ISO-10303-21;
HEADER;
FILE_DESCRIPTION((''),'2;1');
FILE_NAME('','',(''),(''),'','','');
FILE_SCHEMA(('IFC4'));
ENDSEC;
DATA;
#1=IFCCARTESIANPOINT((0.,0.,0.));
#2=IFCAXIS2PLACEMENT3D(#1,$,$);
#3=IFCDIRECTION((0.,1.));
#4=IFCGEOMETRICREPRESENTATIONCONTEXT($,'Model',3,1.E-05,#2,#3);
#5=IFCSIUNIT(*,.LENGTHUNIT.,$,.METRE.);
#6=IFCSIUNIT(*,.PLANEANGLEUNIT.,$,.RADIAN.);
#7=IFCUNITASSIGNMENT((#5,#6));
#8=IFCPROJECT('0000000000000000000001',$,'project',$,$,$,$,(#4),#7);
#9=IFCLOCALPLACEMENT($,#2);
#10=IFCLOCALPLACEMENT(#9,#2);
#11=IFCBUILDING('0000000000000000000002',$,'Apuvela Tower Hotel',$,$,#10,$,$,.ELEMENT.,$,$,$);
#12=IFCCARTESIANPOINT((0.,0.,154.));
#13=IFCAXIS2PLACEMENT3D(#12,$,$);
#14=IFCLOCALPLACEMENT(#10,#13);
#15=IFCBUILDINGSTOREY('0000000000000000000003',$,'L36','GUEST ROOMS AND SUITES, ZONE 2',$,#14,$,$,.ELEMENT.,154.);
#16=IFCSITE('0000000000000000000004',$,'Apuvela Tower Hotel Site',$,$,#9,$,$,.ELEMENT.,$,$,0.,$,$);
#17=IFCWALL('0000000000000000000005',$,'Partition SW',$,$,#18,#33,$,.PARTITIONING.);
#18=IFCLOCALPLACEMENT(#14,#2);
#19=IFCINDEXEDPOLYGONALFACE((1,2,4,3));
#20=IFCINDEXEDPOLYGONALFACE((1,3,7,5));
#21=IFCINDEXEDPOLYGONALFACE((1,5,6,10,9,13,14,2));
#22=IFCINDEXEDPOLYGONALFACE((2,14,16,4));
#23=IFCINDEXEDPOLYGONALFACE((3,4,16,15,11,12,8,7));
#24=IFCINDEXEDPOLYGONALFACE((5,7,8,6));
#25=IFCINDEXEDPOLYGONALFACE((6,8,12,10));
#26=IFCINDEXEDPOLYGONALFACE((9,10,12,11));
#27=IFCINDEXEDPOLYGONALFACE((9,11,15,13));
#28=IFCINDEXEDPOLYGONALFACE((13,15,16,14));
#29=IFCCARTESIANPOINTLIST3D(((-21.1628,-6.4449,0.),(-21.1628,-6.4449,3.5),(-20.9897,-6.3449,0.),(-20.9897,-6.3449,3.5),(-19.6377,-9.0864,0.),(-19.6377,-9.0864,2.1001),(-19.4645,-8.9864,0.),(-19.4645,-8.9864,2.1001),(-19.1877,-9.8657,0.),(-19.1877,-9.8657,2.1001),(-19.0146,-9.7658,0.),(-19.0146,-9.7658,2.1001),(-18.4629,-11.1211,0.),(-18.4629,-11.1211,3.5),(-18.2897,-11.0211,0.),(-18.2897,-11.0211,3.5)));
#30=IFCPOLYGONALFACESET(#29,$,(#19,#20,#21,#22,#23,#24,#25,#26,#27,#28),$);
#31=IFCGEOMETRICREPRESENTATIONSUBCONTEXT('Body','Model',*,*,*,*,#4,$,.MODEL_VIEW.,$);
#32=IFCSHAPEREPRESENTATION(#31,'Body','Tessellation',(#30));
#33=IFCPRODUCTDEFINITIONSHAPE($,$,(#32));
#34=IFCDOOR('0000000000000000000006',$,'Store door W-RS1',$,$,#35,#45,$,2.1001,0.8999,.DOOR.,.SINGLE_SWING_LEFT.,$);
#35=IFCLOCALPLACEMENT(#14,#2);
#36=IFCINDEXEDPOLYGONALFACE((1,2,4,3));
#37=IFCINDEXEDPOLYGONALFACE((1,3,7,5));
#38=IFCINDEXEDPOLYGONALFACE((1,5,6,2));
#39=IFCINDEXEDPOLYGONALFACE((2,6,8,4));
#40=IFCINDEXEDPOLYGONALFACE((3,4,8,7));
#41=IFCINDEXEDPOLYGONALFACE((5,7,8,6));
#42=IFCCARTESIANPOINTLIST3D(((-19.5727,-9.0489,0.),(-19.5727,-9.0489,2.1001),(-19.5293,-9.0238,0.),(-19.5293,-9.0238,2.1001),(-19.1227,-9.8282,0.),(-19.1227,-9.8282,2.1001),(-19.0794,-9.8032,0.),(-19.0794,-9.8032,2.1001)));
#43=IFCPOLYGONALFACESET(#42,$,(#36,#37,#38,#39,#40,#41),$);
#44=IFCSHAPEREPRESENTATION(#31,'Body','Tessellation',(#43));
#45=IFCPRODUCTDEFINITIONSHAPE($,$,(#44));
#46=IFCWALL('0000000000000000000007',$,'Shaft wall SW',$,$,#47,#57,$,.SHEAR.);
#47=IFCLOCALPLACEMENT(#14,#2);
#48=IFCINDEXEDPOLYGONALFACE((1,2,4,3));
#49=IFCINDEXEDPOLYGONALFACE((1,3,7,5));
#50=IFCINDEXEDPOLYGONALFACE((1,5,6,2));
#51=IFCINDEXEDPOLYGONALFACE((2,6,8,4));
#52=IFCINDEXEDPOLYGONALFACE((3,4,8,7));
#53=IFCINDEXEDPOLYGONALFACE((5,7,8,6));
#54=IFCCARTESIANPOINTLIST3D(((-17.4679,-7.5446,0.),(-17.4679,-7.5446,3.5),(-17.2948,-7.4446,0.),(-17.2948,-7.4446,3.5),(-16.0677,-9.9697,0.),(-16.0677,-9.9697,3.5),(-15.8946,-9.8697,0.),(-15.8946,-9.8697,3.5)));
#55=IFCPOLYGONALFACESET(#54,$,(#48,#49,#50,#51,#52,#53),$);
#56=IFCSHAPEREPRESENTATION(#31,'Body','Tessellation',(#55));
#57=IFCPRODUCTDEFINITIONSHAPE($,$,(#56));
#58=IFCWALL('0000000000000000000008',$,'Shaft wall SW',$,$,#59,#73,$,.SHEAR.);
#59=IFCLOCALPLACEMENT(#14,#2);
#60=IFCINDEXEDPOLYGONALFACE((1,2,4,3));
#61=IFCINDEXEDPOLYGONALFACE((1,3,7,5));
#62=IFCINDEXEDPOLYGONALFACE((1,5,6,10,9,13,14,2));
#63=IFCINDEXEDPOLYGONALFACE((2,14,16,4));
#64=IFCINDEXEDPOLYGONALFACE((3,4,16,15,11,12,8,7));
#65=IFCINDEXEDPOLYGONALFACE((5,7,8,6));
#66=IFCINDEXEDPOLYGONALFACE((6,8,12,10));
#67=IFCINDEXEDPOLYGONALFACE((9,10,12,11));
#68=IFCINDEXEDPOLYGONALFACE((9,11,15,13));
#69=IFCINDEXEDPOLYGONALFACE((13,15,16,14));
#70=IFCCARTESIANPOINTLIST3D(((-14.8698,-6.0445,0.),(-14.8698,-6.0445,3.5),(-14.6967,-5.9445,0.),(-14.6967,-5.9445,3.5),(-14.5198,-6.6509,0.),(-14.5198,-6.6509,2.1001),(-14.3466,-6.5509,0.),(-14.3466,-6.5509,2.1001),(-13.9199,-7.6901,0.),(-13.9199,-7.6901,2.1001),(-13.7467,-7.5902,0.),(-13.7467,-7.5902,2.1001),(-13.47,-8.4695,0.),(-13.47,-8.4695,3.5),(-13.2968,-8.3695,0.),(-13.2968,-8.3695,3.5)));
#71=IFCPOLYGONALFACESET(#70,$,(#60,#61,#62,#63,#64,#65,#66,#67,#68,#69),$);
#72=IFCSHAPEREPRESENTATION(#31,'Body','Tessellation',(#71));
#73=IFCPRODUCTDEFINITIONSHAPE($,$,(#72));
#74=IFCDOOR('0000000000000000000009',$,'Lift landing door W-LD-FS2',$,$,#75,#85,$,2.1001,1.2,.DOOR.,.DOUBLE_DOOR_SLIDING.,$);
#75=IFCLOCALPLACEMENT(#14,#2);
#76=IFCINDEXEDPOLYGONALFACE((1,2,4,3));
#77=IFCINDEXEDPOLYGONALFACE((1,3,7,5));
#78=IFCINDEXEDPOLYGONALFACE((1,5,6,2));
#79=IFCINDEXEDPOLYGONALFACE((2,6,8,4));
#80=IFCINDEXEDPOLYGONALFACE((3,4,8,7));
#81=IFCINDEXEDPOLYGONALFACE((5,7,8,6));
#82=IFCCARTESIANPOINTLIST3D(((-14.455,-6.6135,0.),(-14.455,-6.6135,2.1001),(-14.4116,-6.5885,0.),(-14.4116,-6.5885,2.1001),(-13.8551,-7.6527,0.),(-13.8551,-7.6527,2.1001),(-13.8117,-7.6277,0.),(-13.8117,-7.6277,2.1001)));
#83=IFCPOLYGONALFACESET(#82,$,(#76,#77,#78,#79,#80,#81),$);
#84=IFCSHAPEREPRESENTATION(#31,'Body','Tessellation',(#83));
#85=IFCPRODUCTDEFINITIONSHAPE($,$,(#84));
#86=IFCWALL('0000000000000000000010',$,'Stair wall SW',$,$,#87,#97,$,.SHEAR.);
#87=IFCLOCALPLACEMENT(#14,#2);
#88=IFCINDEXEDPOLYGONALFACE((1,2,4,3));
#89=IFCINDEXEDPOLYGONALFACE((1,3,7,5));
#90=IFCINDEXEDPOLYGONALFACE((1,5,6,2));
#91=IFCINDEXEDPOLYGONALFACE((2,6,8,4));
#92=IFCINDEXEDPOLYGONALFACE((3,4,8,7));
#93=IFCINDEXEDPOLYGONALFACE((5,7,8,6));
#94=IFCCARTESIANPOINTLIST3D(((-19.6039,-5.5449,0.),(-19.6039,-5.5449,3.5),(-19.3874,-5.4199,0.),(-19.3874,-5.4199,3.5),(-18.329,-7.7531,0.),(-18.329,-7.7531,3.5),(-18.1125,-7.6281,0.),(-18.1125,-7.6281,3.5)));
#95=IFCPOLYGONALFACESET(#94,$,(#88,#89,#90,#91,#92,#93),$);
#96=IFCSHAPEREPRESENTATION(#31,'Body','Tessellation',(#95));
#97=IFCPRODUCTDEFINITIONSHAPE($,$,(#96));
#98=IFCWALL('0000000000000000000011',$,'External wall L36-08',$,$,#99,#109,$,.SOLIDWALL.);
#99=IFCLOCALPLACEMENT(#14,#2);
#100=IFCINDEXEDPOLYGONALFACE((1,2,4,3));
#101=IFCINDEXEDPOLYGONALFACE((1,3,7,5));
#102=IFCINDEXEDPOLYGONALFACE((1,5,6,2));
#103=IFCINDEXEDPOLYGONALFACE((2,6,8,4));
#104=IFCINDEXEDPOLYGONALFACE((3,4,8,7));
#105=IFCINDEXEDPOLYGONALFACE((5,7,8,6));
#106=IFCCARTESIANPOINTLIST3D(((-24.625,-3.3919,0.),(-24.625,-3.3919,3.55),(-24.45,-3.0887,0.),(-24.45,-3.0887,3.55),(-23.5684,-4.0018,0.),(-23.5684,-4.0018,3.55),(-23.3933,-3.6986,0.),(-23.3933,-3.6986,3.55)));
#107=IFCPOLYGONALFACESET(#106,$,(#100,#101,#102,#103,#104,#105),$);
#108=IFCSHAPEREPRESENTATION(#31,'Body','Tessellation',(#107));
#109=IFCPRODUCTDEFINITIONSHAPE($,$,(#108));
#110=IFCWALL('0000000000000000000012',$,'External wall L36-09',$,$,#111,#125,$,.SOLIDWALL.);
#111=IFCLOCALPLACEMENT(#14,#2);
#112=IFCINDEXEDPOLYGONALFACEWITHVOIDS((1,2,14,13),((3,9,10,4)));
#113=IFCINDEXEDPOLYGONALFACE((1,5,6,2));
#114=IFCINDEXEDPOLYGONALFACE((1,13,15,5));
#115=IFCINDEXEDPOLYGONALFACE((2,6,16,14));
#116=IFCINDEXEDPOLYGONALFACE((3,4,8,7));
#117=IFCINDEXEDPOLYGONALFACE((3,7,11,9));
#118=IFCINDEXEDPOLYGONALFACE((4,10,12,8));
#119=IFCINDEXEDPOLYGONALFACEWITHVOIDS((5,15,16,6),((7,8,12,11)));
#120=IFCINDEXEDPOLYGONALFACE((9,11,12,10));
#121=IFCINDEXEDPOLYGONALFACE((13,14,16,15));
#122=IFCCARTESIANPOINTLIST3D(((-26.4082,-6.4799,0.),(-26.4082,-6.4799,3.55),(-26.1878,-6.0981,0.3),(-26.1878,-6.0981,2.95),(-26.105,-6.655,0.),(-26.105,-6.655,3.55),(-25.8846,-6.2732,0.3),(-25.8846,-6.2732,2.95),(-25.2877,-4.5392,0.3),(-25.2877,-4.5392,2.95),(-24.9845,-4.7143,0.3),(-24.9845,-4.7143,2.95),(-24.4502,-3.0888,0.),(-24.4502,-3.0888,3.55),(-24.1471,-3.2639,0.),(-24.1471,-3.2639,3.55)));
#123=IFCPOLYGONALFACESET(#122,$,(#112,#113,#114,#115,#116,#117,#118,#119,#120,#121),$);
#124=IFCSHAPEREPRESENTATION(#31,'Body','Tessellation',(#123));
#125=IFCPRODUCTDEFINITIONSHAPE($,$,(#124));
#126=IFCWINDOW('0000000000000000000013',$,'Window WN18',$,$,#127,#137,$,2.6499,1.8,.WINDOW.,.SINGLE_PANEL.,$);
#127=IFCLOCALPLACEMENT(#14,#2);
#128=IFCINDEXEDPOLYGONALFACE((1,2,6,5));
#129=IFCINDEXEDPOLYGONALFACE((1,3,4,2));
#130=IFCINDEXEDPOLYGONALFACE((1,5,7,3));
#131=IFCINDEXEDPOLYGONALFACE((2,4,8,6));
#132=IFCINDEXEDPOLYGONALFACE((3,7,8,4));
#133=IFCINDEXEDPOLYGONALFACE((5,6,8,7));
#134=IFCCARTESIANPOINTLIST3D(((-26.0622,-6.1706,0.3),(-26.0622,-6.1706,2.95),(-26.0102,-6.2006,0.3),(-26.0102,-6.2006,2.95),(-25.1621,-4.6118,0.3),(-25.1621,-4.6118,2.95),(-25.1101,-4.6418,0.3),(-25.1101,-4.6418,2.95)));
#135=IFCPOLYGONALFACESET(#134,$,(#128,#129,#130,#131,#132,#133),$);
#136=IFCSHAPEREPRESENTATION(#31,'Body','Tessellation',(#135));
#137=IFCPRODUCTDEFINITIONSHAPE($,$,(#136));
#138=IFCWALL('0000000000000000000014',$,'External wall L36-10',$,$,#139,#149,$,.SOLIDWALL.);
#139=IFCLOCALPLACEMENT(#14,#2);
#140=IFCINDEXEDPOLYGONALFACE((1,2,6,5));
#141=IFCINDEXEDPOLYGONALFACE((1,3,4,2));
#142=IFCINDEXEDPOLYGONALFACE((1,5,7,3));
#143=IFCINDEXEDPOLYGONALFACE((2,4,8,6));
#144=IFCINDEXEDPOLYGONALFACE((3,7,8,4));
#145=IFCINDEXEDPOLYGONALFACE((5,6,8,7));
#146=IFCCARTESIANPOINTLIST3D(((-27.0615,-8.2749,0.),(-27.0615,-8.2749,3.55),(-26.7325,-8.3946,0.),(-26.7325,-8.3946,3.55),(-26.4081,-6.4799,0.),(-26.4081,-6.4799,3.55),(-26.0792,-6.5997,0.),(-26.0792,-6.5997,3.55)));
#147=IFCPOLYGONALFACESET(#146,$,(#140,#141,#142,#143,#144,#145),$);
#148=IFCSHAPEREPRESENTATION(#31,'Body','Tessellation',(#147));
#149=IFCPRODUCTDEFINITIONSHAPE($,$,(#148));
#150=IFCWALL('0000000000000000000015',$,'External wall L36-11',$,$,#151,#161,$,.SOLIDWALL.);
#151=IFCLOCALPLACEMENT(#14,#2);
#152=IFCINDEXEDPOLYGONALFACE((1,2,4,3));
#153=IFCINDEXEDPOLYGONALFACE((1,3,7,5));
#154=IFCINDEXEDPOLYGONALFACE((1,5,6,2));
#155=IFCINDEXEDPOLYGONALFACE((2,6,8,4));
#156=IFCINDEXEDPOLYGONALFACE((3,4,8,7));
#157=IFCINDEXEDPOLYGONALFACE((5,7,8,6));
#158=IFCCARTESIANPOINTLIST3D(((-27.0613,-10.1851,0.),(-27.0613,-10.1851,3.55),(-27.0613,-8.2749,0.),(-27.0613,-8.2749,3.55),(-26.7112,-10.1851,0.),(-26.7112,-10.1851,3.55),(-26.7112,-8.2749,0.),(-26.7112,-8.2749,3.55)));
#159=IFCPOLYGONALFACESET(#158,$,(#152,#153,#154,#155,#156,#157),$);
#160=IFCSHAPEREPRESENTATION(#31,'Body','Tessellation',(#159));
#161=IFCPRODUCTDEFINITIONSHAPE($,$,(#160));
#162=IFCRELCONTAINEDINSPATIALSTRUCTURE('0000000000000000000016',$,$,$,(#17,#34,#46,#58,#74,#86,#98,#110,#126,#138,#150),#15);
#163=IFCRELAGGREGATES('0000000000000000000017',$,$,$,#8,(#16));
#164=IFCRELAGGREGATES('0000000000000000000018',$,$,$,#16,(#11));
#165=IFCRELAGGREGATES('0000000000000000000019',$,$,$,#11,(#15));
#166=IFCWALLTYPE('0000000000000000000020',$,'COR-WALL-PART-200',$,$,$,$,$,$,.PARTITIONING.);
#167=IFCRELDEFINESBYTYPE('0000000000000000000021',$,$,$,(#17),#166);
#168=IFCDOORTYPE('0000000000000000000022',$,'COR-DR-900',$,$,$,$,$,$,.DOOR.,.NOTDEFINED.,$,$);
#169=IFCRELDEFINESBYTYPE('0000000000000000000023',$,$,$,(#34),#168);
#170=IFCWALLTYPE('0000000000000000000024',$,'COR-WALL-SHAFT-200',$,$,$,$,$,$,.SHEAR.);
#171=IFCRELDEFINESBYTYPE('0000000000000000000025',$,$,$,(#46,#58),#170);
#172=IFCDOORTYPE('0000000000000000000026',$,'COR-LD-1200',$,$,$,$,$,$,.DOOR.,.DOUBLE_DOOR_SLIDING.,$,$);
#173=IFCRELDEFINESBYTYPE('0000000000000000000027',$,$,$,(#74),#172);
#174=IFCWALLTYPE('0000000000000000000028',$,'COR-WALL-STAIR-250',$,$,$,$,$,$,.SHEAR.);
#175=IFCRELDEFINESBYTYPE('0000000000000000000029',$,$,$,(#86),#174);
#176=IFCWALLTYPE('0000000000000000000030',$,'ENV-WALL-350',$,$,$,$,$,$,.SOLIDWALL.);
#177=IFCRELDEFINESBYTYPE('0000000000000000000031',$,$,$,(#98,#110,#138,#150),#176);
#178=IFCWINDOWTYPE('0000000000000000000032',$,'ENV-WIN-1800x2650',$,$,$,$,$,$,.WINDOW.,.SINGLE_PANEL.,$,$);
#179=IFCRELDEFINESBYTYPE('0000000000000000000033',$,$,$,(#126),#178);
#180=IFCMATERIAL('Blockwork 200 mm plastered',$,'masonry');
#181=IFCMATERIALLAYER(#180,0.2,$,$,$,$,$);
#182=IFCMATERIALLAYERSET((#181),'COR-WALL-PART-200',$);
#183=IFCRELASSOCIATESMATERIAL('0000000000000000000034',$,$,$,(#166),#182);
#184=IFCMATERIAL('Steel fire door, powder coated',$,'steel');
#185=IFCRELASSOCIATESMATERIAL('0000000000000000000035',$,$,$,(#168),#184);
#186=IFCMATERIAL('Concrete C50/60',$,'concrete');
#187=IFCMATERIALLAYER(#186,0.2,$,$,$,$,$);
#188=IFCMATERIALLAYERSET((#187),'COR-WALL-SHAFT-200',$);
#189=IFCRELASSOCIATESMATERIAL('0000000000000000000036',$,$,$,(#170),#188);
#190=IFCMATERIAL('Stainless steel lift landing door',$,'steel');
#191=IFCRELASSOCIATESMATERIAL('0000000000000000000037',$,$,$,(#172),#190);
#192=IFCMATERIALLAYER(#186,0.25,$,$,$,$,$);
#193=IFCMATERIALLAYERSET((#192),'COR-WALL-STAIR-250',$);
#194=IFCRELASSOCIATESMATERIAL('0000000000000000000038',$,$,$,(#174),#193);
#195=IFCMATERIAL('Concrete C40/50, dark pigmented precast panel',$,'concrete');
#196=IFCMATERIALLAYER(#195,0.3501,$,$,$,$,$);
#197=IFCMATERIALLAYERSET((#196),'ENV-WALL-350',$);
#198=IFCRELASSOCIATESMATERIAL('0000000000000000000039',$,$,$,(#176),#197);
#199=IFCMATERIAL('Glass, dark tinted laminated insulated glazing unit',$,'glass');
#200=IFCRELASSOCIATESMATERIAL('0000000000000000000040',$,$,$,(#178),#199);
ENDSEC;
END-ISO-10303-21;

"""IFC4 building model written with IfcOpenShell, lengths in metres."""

from ifc_helpers import new_model, si_unit, direction, frame, frame_2d, origin, place, context, subcontext, project, spatial, rectangle, extrude, material, layer, layer_set, type_object, element, fill, save


model = new_model("IFC4")

# Units and contexts
model_context = context("Model", 3, precision=1e-05, world=origin(), true_north=direction((0.0, 1.0)))
body_context = subcontext(model_context, "Body", "Model", "MODEL_VIEW")
ifc_project = project(units=[si_unit("LENGTHUNIT", "METRE"), si_unit("PLANEANGLEUNIT", "RADIAN")], contexts=[model_context])

# Site, building, storey
site_placement = place(None, origin())
site = spatial("IfcSite", under=ifc_project, at=site_placement, Name="Apuvela Tower Hotel Site", CompositionType="ELEMENT", RefElevation=0.0)
building_placement = place(site_placement, origin())
building = spatial("IfcBuilding", under=site, at=building_placement, Name="Apuvela Tower Hotel", CompositionType="ELEMENT")
storey_placement = place(building_placement, frame((0.0, 0.0, 154.0)))
storey = spatial("IfcBuildingStorey", under=building, at=storey_placement, Name="L36", Description="GUEST ROOMS AND SUITES, ZONE 2", CompositionType="ELEMENT", Elevation=154.0)

# Wall, opening, door
ifc_material_1 = material(Name="Blockwork 200 mm plastered", Category="masonry")
ifc_layer_1 = layer(ifc_material_1, 0.2)
ifc_layer_set_1 = layer_set([ifc_layer_1], Name="COR-WALL-PART-200")
wall_type_1 = type_object("IfcWallType", Name="COR-WALL-PART-200", PredefinedType="PARTITIONING", material=ifc_layer_set_1)
wall_1_placement = place(storey_placement, frame((-21.0762, -6.395, 0.0), z_axis=(0.0, 0.0, 1.0), x_axis=(0.500015, -0.866017, 0.0)))
wall_1 = element("IfcWall", 1, at=wall_1_placement, inside=storey, type_object=wall_type_1, Name="Partition SW", PredefinedType="PARTITIONING", context=body_context, shape_type="SweptSolid", body=[
    extrude(rectangle(XDim=5.3997, YDim=0.2, at=frame_2d((2.6997, 0.0))), origin(), (0.0, 0.0, 1.0), 3.5),
])
opening_1_placement = place(wall_1_placement, frame((3.05, 0.0, 0.0)))
opening_1 = element("IfcOpeningElement", 2, at=opening_1_placement, cuts=wall_1, PredefinedType="OPENING", context=body_context, shape_type="SweptSolid", body=[
    extrude(rectangle(XDim=0.8999, YDim=2.1001, at=frame_2d((0.45, 1.05))), frame((0.0, 0.1099, 0.0), z_axis=(0.0, -1.0, 0.0), x_axis=(1.0, 0.0, 0.0)), (0.0, 0.0, 1.0), 0.22),
])
ifc_material_2 = material(Name="Steel fire door, powder coated", Category="steel")
door_type_1 = type_object("IfcDoorType", Name="COR-DR-900", OperationType="NOTDEFINED", PredefinedType="DOOR", material=ifc_material_2)
door_1_placement = place(opening_1_placement, frame((0.8999, 0.0, 0.0), z_axis=(0.0, 0.0, 1.0), x_axis=(-1.0, 0.0, 0.0)))
door_1 = element("IfcDoor", 3, at=door_1_placement, inside=storey, type_object=door_type_1, Name="Store door W-RS1", OperationType="SINGLE_SWING_LEFT", OverallHeight=2.1001, OverallWidth=0.8999, PredefinedType="DOOR", context=body_context, shape_type="SweptSolid", body=[
    extrude(rectangle(XDim=0.8999, YDim=2.1001, at=frame_2d((0.45, 1.05))), frame((0.0, 0.0249, 0.0), z_axis=(0.0, -1.0, 0.0), x_axis=(1.0, 0.0, 0.0)), (0.0, 0.0, 1.0), 0.05),
])
fill(opening_1, door_1)

# Wall
ifc_material_3 = material(Name="Concrete C50/60", Category="concrete")
ifc_layer_2 = layer(ifc_material_3, 0.2)
ifc_layer_set_2 = layer_set([ifc_layer_2], Name="COR-WALL-SHAFT-200")
wall_type_2 = type_object("IfcWallType", Name="COR-WALL-SHAFT-200", PredefinedType="SHEAR", material=ifc_layer_set_2)
wall_2_placement = place(storey_placement, frame((-17.3813, -7.4946, 0.0), z_axis=(0.0, 0.0, 1.0), x_axis=(0.500012, -0.866019, 0.0)))
element("IfcWall", 4, at=wall_2_placement, inside=storey, type_object=wall_type_2, Name="Shaft wall SW", PredefinedType="SHEAR", context=body_context, shape_type="SweptSolid", body=[
    extrude(rectangle(XDim=2.8003, YDim=0.2, at=frame_2d((1.4001, 0.0))), origin(), (0.0, 0.0, 1.0), 3.5),
])

# Wall, opening, door
wall_3_placement = place(storey_placement, frame((-14.7832, -5.9946, 0.0), z_axis=(0.0, 0.0, 1.0), x_axis=(0.499946, -0.866056, 0.0)))
wall_3 = element("IfcWall", 5, at=wall_3_placement, inside=storey, type_object=wall_type_2, Name="Shaft wall SW", PredefinedType="SHEAR", context=body_context, shape_type="SweptSolid", body=[
    extrude(rectangle(XDim=2.8, YDim=0.2, at=frame_2d((1.3999, 0.0))), origin(), (0.0, 0.0, 1.0), 3.5),
])
opening_2_placement = place(wall_3_placement, frame((0.7, 0.0, 0.0)))
opening_2 = element("IfcOpeningElement", 6, at=opening_2_placement, cuts=wall_3, PredefinedType="OPENING", context=body_context, shape_type="SweptSolid", body=[
    extrude(rectangle(XDim=1.2, YDim=2.1001, at=frame_2d((0.6001, 1.05))), frame((0.0, 0.1099, 0.0), z_axis=(0.0, -1.0, 0.0), x_axis=(1.0, 0.0, 0.0)), (0.0, 0.0, 1.0), 0.22),
])
ifc_material_4 = material(Name="Stainless steel lift landing door", Category="steel")
door_type_2 = type_object("IfcDoorType", Name="COR-LD-1200", OperationType="DOUBLE_DOOR_SLIDING", PredefinedType="DOOR", material=ifc_material_4)
door_2_placement = place(opening_2_placement, origin())
door_2 = element("IfcDoor", 7, at=door_2_placement, inside=storey, type_object=door_type_2, Name="Lift landing door W-LD-FS2", OperationType="DOUBLE_DOOR_SLIDING", OverallHeight=2.1001, OverallWidth=1.2, PredefinedType="DOOR", context=body_context, shape_type="SweptSolid", body=[
    extrude(rectangle(XDim=1.2, YDim=2.1001, at=frame_2d((0.6001, 1.05))), frame((0.0, 0.0249, 0.0), z_axis=(0.0, -1.0, 0.0), x_axis=(1.0, 0.0, 0.0)), (0.0, 0.0, 1.0), 0.05),
])
fill(opening_2, door_2)

# Walls
ifc_layer_3 = layer(ifc_material_3, 0.25)
ifc_layer_set_3 = layer_set([ifc_layer_3], Name="COR-WALL-STAIR-250")
wall_type_3 = type_object("IfcWallType", Name="COR-WALL-STAIR-250", PredefinedType="SHEAR", material=ifc_layer_set_3)
wall_4_placement = place(storey_placement, frame((-19.4956, -5.4824, 0.0), z_axis=(0.0, 0.0, 1.0), x_axis=(0.49999, -0.866031, 0.0)))
element("IfcWall", 8, at=wall_4_placement, inside=storey, type_object=wall_type_3, Name="Stair wall SW", PredefinedType="SHEAR", context=body_context, shape_type="SweptSolid", body=[
    extrude(rectangle(XDim=2.5498, YDim=0.25, at=frame_2d((1.2749, 0.0))), origin(), (0.0, 0.0, 1.0), 3.5),
])
ifc_material_5 = material(Name="Concrete C40/50, dark pigmented precast panel", Category="concrete")
ifc_layer_4 = layer(ifc_material_5, 0.3501)
ifc_layer_set_4 = layer_set([ifc_layer_4], Name="ENV-WALL-350")
wall_type_4 = type_object("IfcWallType", Name="ENV-WALL-350", PredefinedType="SOLIDWALL", material=ifc_layer_set_4)
wall_5_placement = place(storey_placement, frame((-23.481, -3.8501, 0.0), z_axis=(0.0, 0.0, 1.0), x_axis=(-0.866092, 0.499884, 0.0)))
element("IfcWall", 9, at=wall_5_placement, inside=storey, type_object=wall_type_4, Name="External wall L36-08", PredefinedType="SOLIDWALL", context=body_context, shape_type="SweptSolid", body=[
    extrude(rectangle(XDim=1.22, YDim=0.3501, at=frame_2d((0.6099, 0.0))), origin(), (0.0, 0.0, 1.0), 3.55),
])

# Wall, opening, window
wall_6_placement = place(storey_placement, frame((-24.2986, -3.1763, 0.0), z_axis=(0.0, 0.0, 1.0), x_axis=(-0.500028, -0.866009, 0.0)))
wall_6 = element("IfcWall", 10, at=wall_6_placement, inside=storey, type_object=wall_type_4, Name="External wall L36-09", PredefinedType="SOLIDWALL", context=body_context, shape_type="SweptSolid", body=[
    extrude(rectangle(XDim=3.9158, YDim=0.3501, at=frame_2d((1.958, 0.0))), origin(), (0.0, 0.0, 1.0), 3.55),
])
opening_3_placement = place(wall_6_placement, frame((1.675, 0.0, 0.3)))
opening_3 = element("IfcOpeningElement", 11, at=opening_3_placement, cuts=wall_6, PredefinedType="OPENING", context=body_context, shape_type="SweptSolid", body=[
    extrude(rectangle(XDim=1.8, YDim=2.6499, at=frame_2d((0.8999, 1.325))), frame((0.0, 0.1851, 0.0), z_axis=(0.0, -1.0, 0.0), x_axis=(1.0, 0.0, 0.0)), (0.0, 0.0, 1.0), 0.3701),
])
ifc_material_6 = material(Name="Glass, dark tinted laminated insulated glazing unit", Category="glass")
window_type = type_object("IfcWindowType", Name="ENV-WIN-1800x2650", PartitioningType="SINGLE_PANEL", PredefinedType="WINDOW", material=ifc_material_6)
window_placement = place(opening_3_placement, origin())
window = element("IfcWindow", 12, at=window_placement, inside=storey, type_object=window_type, Name="Window WN18", OverallHeight=2.6499, OverallWidth=1.8, PartitioningType="SINGLE_PANEL", PredefinedType="WINDOW", context=body_context, shape_type="SweptSolid", body=[
    extrude(rectangle(XDim=1.8, YDim=2.6499, at=frame_2d((0.8999, 1.325))), frame((0.0, 0.03, 0.0), z_axis=(0.0, -1.0, 0.0), x_axis=(1.0, 0.0, 0.0)), (0.0, 0.0, 1.0), 0.0601),
])
fill(opening_3, window)

# Walls
for number, where, z_axis, x_axis, name in (
    (13, (-26.2437, -6.5398, 0.0), (0.0, 0.0, 1.0), (-0.34203, -0.939689, 0.0), "External wall L36-10"),
    (14, (-26.8862, -8.2749, 0.0), (0.0, 0.0, 1.0), (0.0, -1.0, 0.0), "External wall L36-11"),
):
    element("IfcWall", number, at=place(storey_placement, frame(where, z_axis=z_axis, x_axis=x_axis)), inside=storey, type_object=wall_type_4, Name=name, PredefinedType="SOLIDWALL", context=body_context, shape_type="SweptSolid", body=[
        extrude(rectangle(XDim=1.9102, YDim=0.3501, at=frame_2d((0.9551, 0.0))), origin(), (0.0, 0.0, 1.0), 3.55),
    ])

save(model, "model.ifc")
